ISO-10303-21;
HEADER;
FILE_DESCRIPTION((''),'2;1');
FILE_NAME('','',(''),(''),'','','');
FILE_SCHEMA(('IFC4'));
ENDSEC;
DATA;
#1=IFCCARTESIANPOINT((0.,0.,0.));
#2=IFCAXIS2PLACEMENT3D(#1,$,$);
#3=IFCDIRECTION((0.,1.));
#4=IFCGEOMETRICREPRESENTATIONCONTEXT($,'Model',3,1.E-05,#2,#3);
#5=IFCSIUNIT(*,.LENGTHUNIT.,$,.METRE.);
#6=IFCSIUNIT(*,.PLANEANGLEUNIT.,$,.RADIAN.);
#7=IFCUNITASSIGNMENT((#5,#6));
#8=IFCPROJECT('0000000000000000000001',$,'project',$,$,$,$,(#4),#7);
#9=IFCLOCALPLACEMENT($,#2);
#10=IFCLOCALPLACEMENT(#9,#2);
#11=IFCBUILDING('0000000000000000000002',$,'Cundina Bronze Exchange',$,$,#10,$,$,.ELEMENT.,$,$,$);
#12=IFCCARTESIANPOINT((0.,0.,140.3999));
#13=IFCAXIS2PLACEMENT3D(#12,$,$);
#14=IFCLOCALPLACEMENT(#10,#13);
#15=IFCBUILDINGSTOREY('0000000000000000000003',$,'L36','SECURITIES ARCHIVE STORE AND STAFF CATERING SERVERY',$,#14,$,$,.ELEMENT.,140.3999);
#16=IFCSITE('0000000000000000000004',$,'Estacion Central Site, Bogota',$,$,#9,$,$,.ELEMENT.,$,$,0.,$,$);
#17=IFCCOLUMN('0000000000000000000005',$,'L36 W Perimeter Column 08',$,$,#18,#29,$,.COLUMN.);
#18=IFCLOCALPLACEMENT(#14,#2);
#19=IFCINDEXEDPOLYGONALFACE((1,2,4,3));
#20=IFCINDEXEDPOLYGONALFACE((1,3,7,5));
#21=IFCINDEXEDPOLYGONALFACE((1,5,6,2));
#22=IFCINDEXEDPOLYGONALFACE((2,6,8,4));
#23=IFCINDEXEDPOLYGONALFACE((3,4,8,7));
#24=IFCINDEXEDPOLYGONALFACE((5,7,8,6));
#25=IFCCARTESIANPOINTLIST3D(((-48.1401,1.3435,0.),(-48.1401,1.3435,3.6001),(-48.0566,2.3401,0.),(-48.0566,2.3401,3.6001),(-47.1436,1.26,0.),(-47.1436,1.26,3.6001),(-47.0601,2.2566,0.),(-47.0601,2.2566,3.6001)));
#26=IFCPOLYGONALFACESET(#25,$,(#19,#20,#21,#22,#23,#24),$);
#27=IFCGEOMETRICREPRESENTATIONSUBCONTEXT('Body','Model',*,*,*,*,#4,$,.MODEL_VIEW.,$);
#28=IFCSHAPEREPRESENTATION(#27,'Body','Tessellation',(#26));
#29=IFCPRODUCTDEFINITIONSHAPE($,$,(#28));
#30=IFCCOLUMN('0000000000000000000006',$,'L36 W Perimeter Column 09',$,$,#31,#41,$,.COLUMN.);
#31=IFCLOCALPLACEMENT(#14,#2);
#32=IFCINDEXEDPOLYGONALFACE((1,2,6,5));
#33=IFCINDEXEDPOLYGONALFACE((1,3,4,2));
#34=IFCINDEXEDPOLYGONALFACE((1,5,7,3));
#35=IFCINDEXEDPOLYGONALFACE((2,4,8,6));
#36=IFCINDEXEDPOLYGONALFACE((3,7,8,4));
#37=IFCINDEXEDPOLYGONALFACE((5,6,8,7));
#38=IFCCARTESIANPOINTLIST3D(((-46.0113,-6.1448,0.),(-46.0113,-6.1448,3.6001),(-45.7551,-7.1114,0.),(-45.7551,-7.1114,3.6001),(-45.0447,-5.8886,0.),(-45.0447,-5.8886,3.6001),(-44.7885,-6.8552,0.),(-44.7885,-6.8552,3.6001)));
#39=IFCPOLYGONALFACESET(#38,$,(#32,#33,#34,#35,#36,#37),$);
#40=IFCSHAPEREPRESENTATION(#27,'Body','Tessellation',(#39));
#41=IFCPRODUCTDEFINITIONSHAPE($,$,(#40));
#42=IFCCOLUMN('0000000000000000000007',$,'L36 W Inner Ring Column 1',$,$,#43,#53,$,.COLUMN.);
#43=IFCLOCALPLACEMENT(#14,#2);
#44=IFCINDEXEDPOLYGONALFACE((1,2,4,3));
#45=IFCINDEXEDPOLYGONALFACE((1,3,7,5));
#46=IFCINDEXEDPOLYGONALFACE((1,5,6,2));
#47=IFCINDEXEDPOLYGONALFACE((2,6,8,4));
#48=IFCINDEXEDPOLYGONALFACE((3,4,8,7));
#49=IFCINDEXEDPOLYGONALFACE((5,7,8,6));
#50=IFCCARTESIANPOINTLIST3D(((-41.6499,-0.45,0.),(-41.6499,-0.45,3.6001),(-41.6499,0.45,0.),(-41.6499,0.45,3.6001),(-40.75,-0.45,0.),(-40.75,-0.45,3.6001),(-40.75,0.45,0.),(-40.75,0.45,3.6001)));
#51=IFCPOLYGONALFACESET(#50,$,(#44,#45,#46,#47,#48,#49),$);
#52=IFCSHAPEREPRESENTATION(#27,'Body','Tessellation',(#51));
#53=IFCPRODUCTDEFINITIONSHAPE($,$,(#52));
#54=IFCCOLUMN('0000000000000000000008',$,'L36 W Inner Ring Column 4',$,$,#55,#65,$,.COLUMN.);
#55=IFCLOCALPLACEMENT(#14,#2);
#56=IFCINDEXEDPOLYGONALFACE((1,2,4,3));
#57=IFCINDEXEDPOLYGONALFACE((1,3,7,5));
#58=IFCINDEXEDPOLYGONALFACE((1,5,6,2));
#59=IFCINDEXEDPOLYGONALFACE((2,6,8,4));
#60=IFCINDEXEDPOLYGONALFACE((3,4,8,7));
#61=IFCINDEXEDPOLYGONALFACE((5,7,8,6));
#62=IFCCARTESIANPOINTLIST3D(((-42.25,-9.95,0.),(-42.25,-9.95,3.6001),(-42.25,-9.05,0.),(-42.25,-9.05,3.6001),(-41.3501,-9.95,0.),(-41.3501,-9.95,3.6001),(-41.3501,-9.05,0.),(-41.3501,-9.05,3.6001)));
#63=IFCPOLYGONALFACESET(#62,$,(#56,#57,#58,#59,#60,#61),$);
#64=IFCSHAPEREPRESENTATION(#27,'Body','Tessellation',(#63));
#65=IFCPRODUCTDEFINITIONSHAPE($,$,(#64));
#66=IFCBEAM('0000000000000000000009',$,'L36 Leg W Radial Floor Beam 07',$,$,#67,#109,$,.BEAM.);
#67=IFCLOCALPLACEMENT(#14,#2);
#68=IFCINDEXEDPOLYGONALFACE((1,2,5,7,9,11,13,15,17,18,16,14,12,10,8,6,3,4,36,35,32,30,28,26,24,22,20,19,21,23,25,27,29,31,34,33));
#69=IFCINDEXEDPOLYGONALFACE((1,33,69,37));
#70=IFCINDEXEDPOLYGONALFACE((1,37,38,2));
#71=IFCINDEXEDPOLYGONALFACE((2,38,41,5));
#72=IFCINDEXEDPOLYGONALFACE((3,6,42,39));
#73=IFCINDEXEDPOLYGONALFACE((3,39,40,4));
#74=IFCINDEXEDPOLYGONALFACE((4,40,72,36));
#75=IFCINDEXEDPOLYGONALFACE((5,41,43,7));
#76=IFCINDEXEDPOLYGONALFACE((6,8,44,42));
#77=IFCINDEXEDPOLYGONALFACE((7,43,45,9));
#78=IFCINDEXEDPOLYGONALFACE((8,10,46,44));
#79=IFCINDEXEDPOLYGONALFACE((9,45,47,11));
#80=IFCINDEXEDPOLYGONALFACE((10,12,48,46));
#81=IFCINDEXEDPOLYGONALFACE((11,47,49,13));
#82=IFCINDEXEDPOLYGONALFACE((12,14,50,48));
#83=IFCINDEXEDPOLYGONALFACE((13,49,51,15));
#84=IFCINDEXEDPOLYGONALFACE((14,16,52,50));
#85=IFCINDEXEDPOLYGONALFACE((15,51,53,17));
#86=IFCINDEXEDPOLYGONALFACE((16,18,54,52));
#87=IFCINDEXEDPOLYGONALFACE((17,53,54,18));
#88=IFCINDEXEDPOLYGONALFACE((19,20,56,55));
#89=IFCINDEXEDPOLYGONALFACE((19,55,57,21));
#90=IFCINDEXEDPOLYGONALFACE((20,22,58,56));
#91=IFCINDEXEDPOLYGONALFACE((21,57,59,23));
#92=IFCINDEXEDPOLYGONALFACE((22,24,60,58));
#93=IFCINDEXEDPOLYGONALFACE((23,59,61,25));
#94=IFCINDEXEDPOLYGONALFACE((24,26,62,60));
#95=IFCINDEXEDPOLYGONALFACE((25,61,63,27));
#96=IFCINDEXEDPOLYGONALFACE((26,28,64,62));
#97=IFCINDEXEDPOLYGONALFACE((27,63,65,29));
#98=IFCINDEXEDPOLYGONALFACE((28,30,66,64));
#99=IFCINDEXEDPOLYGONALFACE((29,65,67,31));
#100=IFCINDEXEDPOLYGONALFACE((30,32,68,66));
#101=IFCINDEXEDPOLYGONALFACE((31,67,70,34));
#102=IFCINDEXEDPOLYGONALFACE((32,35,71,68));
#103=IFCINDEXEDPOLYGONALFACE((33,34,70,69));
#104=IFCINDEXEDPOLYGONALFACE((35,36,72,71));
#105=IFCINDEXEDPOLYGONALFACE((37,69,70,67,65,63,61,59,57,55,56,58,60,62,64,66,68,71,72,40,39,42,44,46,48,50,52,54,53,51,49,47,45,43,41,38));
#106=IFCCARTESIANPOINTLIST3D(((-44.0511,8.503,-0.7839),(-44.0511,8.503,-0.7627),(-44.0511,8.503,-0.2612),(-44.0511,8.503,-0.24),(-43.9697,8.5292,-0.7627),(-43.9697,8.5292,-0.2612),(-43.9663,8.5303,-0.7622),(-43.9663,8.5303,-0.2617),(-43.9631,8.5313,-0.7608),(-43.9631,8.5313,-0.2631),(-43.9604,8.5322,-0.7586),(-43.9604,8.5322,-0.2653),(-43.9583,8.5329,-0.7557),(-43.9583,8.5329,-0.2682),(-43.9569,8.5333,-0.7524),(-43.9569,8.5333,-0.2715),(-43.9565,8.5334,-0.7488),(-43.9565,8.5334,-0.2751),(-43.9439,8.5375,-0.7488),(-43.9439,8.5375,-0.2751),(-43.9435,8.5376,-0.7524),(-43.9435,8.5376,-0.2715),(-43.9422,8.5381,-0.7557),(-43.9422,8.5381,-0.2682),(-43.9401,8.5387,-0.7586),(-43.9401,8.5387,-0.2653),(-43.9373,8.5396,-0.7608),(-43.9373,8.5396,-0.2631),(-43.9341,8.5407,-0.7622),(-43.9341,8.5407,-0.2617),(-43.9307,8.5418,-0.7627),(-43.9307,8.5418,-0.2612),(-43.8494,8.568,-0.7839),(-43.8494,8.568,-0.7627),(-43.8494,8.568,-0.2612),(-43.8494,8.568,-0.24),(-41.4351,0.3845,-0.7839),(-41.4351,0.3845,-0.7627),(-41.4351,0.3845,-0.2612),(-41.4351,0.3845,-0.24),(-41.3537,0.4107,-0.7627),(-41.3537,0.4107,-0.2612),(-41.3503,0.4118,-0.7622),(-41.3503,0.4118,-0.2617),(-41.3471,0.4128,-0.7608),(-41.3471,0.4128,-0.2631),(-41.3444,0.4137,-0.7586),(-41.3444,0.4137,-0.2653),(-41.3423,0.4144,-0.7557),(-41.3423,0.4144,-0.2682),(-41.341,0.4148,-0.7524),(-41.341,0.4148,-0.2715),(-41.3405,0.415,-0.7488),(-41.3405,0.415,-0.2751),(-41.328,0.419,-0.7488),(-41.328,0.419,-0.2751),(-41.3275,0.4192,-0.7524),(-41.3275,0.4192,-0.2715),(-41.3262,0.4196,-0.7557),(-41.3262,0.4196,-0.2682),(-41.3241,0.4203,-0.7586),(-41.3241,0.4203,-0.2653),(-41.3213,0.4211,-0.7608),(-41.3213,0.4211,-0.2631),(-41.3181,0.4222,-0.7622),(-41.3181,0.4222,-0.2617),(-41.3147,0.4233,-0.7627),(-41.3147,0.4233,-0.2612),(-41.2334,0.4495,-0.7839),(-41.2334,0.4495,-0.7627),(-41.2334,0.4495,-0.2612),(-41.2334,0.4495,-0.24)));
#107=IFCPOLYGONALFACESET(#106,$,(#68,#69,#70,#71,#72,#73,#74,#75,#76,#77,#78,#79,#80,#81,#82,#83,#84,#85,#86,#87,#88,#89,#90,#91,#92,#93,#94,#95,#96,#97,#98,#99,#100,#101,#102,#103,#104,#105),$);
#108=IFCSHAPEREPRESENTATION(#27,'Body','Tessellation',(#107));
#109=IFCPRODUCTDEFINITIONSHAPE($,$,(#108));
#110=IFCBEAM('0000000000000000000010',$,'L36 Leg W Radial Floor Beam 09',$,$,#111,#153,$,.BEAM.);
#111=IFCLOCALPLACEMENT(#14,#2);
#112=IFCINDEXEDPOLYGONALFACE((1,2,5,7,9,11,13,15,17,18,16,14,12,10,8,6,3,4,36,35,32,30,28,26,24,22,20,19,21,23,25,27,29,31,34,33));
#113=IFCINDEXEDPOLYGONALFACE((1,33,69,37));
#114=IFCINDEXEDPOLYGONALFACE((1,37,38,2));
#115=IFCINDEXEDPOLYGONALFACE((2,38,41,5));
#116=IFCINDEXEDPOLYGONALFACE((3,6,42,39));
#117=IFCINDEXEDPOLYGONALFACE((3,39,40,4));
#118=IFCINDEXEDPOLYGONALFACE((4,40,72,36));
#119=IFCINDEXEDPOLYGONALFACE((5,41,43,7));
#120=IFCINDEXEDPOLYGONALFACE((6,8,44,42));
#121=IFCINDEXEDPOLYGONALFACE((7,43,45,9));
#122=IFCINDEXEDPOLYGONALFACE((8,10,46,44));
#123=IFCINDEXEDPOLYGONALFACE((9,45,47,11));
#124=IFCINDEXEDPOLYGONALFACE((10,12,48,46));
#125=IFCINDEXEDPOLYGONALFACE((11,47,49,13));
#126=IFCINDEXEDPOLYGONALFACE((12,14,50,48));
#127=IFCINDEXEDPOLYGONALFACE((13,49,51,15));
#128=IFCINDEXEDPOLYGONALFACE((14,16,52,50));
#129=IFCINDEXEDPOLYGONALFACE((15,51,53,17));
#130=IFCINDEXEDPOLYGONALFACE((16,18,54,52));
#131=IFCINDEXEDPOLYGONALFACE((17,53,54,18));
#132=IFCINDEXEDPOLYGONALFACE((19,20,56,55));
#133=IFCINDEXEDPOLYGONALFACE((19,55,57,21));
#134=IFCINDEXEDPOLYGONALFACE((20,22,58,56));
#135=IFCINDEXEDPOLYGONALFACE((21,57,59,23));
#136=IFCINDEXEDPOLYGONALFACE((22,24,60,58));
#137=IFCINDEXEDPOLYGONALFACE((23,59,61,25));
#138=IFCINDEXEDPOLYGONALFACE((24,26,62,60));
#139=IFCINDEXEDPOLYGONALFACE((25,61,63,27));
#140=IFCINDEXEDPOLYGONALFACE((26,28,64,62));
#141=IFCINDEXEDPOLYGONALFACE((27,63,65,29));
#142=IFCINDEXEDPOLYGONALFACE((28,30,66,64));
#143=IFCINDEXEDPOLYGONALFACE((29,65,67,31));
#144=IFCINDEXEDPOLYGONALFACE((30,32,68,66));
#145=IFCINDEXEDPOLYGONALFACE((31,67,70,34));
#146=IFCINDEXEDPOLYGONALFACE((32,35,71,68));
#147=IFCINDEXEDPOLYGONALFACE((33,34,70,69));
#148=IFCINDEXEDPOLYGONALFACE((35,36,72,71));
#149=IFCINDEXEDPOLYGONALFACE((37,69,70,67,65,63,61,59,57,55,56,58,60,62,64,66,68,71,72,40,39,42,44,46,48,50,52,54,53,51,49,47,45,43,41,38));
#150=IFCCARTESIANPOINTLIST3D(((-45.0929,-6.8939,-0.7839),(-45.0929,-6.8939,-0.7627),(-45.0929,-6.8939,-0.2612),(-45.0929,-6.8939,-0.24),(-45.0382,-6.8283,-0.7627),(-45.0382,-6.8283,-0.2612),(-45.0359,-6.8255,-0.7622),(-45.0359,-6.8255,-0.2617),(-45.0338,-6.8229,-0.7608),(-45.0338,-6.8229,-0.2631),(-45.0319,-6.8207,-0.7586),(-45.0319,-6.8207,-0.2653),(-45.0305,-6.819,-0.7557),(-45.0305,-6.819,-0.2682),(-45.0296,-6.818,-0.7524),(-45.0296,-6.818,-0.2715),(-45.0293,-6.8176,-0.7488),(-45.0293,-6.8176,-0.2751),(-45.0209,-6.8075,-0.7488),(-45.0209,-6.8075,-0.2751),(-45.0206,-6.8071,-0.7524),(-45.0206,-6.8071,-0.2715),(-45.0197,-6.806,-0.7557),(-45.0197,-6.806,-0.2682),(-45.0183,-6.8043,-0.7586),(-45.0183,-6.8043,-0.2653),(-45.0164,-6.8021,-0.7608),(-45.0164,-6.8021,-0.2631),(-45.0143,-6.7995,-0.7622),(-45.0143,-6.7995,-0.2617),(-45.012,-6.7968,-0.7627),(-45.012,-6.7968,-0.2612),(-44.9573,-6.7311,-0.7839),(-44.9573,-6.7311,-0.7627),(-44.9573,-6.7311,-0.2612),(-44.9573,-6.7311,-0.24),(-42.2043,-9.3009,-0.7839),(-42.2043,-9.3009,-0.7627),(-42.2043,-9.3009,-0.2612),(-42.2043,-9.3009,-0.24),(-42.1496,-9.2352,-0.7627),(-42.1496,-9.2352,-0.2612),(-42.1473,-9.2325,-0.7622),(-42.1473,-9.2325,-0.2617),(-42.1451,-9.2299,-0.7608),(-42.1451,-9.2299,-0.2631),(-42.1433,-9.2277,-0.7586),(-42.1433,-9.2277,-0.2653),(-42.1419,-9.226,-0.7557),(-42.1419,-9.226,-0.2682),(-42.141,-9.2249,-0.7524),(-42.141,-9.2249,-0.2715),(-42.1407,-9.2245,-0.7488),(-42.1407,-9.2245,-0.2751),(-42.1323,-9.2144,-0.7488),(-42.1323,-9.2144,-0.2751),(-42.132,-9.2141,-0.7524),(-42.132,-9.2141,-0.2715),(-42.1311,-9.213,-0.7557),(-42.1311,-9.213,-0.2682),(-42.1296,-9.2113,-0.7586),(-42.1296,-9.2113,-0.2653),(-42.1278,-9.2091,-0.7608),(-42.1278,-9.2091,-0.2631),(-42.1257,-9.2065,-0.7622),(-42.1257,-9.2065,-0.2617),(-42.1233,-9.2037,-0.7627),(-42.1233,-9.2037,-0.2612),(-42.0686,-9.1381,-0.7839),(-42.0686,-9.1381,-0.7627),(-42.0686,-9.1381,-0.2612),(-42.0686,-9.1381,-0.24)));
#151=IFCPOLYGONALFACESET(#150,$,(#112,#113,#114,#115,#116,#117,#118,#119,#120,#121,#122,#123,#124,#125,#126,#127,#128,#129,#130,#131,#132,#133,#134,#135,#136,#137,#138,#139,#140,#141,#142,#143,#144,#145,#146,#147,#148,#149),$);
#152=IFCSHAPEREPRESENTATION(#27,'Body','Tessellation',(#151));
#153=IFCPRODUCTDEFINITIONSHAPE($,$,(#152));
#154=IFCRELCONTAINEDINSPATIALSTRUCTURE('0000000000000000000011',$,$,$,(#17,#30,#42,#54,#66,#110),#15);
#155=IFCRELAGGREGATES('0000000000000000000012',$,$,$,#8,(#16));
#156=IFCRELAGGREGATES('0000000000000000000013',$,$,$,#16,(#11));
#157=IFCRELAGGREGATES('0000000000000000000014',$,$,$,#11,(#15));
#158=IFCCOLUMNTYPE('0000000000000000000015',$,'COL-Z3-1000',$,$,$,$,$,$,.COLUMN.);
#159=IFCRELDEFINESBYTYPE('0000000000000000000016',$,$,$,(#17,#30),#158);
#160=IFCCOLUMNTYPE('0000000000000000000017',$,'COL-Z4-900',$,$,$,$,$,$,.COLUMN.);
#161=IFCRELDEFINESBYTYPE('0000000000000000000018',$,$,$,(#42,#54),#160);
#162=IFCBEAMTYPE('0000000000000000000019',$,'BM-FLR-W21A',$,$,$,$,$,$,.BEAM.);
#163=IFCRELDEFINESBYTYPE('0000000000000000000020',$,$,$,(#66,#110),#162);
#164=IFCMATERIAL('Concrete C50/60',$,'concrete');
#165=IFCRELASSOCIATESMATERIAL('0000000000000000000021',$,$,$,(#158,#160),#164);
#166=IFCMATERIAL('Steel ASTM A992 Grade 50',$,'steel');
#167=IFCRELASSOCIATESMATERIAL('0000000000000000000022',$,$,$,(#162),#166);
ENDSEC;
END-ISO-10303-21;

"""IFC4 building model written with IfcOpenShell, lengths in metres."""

from ifc_helpers import new_model, si_unit, direction, frame, origin, origin_2d, place, context, subcontext, project, spatial, rectangle, i_section, extrude, material, material_profile, profile_set, type_object, element, save


model = new_model("IFC4")

# Units and contexts
model_context = context("Model", 3, precision=1e-05, world=origin(), true_north=direction((0.0, 1.0)))
body_context = subcontext(model_context, "Body", "Model", "MODEL_VIEW")
ifc_project = project(units=[si_unit("LENGTHUNIT", "METRE"), si_unit("PLANEANGLEUNIT", "RADIAN")], contexts=[model_context])

# Site, building, storey
site_placement = place(None, origin())
site = spatial("IfcSite", under=ifc_project, at=site_placement, Name="Estacion Central Site, Bogota", CompositionType="ELEMENT", RefElevation=0.0)
building_placement = place(site_placement, origin())
building = spatial("IfcBuilding", under=site, at=building_placement, Name="Cundina Bronze Exchange", CompositionType="ELEMENT")
storey_placement = place(building_placement, frame((0.0, 0.0, 140.3999)))
storey = spatial("IfcBuildingStorey", under=building, at=storey_placement, Name="L36", Description="SECURITIES ARCHIVE STORE AND STAFF CATERING SERVERY", CompositionType="ELEMENT", Elevation=140.3999)

# Columns
ifc_material_1 = material(Name="Concrete C50/60", Category="concrete")
ifc_material_profile_1 = material_profile(ifc_material_1, rectangle(XDim=1.0, YDim=1.0, at=origin_2d()), Name="RC1000X1000", Category="concrete")
ifc_profile_set_1 = profile_set([ifc_material_profile_1], Name="Concrete C50/60")
column_type_1 = type_object("IfcColumnType", Name="COL-Z3-1000", PredefinedType="COLUMN", material=ifc_profile_set_1)
for number, where, z_axis, x_axis, name in (
    (1, (-47.6001, 1.8, 0.0), (0.0, 0.0, 1.0), (-0.083504, -0.996507, 0.0), "L36 W Perimeter Column 08"),
    (2, (-45.3999, -6.5, 0.0), (0.0, 0.0, 1.0), (0.256289, -0.9666, 0.0), "L36 W Perimeter Column 09"),
):
    element("IfcColumn", number, at=place(storey_placement, frame(where, z_axis=z_axis, x_axis=x_axis)), inside=storey, type_object=column_type_1, Name=name, PredefinedType="COLUMN", context=body_context, shape_type="SweptSolid", body=[
        extrude(rectangle(XDim=1.0, YDim=1.0, at=origin_2d()), origin(), (0.0, 0.0, 1.0), 3.6001),
    ])
ifc_material_profile_2 = material_profile(ifc_material_1, rectangle(XDim=0.8999, YDim=0.8999, at=origin_2d()), Name="RC900X900", Category="concrete")
ifc_profile_set_2 = profile_set([ifc_material_profile_2], Name="Concrete C50/60")
column_type_2 = type_object("IfcColumnType", Name="COL-Z4-900", PredefinedType="COLUMN", material=ifc_profile_set_2)
for number, where, z_axis, x_axis, name in (
    (3, (-41.2, 0.0, 0.0), (0.0, 0.0, 1.0), (1.0, 0.0, 0.0), "L36 W Inner Ring Column 1"),
    (4, (-41.8, -9.5, 0.0), (0.0, 0.0, 1.0), (1.0, 0.0, 0.0), "L36 W Inner Ring Column 4"),
):
    element("IfcColumn", number, at=place(storey_placement, frame(where, z_axis=z_axis, x_axis=x_axis)), inside=storey, type_object=column_type_2, Name=name, PredefinedType="COLUMN", context=body_context, shape_type="SweptSolid", body=[
        extrude(rectangle(XDim=0.8999, YDim=0.8999, at=origin_2d()), origin(), (0.0, 0.0, 1.0), 3.6001),
    ])

# Beams
ifc_material_2 = material(Name="Steel ASTM A992 Grade 50", Category="steel")
ifc_material_profile_3 = material_profile(ifc_material_2, i_section(OverallWidth=0.2119, OverallDepth=0.5439, WebThickness=0.0132, FlangeThickness=0.0212, FilletRadius=0.0139, at=origin_2d()), Name="W21X83", Category="steel")
ifc_profile_set_3 = profile_set([ifc_material_profile_3], Name="Steel ASTM A992 Grade 50")
beam_type_1 = type_object("IfcBeamType", Name="BM-FLR-W21A", PredefinedType="BEAM", material=ifc_profile_set_3)
beam_1_placement = place(storey_placement, frame((-41.3342, 0.417, -0.512), z_axis=(-0.306698, 0.951807, 0.0), x_axis=(-0.951807, -0.306698, 0.0)))
element("IfcBeam", 5, at=beam_1_placement, inside=storey, type_object=beam_type_1, Name="L36 Leg W Radial Floor Beam 07", PredefinedType="BEAM", context=body_context, shape_type="SweptSolid", body=[
    extrude(i_section(OverallWidth=0.2119, OverallDepth=0.5439, WebThickness=0.0132, FlangeThickness=0.0212, FilletRadius=0.0139, at=origin_2d()), origin(), (0.0, 0.0, 1.0), 8.5295),
])
beam_2_placement = place(storey_placement, frame((-42.1365, -9.2195, -0.512), z_axis=(-0.768253, 0.640146, 0.0), x_axis=(-0.640146, -0.768253, 0.0)))
element("IfcBeam", 6, at=beam_2_placement, inside=storey, type_object=beam_type_1, Name="L36 Leg W Radial Floor Beam 09", PredefinedType="BEAM", context=body_context, shape_type="SweptSolid", body=[
    extrude(i_section(OverallWidth=0.2119, OverallDepth=0.5439, WebThickness=0.0132, FlangeThickness=0.0212, FilletRadius=0.0139, at=origin_2d()), origin(), (0.0, 0.0, 1.0), 3.76),
])

save(model, "model.ifc")
